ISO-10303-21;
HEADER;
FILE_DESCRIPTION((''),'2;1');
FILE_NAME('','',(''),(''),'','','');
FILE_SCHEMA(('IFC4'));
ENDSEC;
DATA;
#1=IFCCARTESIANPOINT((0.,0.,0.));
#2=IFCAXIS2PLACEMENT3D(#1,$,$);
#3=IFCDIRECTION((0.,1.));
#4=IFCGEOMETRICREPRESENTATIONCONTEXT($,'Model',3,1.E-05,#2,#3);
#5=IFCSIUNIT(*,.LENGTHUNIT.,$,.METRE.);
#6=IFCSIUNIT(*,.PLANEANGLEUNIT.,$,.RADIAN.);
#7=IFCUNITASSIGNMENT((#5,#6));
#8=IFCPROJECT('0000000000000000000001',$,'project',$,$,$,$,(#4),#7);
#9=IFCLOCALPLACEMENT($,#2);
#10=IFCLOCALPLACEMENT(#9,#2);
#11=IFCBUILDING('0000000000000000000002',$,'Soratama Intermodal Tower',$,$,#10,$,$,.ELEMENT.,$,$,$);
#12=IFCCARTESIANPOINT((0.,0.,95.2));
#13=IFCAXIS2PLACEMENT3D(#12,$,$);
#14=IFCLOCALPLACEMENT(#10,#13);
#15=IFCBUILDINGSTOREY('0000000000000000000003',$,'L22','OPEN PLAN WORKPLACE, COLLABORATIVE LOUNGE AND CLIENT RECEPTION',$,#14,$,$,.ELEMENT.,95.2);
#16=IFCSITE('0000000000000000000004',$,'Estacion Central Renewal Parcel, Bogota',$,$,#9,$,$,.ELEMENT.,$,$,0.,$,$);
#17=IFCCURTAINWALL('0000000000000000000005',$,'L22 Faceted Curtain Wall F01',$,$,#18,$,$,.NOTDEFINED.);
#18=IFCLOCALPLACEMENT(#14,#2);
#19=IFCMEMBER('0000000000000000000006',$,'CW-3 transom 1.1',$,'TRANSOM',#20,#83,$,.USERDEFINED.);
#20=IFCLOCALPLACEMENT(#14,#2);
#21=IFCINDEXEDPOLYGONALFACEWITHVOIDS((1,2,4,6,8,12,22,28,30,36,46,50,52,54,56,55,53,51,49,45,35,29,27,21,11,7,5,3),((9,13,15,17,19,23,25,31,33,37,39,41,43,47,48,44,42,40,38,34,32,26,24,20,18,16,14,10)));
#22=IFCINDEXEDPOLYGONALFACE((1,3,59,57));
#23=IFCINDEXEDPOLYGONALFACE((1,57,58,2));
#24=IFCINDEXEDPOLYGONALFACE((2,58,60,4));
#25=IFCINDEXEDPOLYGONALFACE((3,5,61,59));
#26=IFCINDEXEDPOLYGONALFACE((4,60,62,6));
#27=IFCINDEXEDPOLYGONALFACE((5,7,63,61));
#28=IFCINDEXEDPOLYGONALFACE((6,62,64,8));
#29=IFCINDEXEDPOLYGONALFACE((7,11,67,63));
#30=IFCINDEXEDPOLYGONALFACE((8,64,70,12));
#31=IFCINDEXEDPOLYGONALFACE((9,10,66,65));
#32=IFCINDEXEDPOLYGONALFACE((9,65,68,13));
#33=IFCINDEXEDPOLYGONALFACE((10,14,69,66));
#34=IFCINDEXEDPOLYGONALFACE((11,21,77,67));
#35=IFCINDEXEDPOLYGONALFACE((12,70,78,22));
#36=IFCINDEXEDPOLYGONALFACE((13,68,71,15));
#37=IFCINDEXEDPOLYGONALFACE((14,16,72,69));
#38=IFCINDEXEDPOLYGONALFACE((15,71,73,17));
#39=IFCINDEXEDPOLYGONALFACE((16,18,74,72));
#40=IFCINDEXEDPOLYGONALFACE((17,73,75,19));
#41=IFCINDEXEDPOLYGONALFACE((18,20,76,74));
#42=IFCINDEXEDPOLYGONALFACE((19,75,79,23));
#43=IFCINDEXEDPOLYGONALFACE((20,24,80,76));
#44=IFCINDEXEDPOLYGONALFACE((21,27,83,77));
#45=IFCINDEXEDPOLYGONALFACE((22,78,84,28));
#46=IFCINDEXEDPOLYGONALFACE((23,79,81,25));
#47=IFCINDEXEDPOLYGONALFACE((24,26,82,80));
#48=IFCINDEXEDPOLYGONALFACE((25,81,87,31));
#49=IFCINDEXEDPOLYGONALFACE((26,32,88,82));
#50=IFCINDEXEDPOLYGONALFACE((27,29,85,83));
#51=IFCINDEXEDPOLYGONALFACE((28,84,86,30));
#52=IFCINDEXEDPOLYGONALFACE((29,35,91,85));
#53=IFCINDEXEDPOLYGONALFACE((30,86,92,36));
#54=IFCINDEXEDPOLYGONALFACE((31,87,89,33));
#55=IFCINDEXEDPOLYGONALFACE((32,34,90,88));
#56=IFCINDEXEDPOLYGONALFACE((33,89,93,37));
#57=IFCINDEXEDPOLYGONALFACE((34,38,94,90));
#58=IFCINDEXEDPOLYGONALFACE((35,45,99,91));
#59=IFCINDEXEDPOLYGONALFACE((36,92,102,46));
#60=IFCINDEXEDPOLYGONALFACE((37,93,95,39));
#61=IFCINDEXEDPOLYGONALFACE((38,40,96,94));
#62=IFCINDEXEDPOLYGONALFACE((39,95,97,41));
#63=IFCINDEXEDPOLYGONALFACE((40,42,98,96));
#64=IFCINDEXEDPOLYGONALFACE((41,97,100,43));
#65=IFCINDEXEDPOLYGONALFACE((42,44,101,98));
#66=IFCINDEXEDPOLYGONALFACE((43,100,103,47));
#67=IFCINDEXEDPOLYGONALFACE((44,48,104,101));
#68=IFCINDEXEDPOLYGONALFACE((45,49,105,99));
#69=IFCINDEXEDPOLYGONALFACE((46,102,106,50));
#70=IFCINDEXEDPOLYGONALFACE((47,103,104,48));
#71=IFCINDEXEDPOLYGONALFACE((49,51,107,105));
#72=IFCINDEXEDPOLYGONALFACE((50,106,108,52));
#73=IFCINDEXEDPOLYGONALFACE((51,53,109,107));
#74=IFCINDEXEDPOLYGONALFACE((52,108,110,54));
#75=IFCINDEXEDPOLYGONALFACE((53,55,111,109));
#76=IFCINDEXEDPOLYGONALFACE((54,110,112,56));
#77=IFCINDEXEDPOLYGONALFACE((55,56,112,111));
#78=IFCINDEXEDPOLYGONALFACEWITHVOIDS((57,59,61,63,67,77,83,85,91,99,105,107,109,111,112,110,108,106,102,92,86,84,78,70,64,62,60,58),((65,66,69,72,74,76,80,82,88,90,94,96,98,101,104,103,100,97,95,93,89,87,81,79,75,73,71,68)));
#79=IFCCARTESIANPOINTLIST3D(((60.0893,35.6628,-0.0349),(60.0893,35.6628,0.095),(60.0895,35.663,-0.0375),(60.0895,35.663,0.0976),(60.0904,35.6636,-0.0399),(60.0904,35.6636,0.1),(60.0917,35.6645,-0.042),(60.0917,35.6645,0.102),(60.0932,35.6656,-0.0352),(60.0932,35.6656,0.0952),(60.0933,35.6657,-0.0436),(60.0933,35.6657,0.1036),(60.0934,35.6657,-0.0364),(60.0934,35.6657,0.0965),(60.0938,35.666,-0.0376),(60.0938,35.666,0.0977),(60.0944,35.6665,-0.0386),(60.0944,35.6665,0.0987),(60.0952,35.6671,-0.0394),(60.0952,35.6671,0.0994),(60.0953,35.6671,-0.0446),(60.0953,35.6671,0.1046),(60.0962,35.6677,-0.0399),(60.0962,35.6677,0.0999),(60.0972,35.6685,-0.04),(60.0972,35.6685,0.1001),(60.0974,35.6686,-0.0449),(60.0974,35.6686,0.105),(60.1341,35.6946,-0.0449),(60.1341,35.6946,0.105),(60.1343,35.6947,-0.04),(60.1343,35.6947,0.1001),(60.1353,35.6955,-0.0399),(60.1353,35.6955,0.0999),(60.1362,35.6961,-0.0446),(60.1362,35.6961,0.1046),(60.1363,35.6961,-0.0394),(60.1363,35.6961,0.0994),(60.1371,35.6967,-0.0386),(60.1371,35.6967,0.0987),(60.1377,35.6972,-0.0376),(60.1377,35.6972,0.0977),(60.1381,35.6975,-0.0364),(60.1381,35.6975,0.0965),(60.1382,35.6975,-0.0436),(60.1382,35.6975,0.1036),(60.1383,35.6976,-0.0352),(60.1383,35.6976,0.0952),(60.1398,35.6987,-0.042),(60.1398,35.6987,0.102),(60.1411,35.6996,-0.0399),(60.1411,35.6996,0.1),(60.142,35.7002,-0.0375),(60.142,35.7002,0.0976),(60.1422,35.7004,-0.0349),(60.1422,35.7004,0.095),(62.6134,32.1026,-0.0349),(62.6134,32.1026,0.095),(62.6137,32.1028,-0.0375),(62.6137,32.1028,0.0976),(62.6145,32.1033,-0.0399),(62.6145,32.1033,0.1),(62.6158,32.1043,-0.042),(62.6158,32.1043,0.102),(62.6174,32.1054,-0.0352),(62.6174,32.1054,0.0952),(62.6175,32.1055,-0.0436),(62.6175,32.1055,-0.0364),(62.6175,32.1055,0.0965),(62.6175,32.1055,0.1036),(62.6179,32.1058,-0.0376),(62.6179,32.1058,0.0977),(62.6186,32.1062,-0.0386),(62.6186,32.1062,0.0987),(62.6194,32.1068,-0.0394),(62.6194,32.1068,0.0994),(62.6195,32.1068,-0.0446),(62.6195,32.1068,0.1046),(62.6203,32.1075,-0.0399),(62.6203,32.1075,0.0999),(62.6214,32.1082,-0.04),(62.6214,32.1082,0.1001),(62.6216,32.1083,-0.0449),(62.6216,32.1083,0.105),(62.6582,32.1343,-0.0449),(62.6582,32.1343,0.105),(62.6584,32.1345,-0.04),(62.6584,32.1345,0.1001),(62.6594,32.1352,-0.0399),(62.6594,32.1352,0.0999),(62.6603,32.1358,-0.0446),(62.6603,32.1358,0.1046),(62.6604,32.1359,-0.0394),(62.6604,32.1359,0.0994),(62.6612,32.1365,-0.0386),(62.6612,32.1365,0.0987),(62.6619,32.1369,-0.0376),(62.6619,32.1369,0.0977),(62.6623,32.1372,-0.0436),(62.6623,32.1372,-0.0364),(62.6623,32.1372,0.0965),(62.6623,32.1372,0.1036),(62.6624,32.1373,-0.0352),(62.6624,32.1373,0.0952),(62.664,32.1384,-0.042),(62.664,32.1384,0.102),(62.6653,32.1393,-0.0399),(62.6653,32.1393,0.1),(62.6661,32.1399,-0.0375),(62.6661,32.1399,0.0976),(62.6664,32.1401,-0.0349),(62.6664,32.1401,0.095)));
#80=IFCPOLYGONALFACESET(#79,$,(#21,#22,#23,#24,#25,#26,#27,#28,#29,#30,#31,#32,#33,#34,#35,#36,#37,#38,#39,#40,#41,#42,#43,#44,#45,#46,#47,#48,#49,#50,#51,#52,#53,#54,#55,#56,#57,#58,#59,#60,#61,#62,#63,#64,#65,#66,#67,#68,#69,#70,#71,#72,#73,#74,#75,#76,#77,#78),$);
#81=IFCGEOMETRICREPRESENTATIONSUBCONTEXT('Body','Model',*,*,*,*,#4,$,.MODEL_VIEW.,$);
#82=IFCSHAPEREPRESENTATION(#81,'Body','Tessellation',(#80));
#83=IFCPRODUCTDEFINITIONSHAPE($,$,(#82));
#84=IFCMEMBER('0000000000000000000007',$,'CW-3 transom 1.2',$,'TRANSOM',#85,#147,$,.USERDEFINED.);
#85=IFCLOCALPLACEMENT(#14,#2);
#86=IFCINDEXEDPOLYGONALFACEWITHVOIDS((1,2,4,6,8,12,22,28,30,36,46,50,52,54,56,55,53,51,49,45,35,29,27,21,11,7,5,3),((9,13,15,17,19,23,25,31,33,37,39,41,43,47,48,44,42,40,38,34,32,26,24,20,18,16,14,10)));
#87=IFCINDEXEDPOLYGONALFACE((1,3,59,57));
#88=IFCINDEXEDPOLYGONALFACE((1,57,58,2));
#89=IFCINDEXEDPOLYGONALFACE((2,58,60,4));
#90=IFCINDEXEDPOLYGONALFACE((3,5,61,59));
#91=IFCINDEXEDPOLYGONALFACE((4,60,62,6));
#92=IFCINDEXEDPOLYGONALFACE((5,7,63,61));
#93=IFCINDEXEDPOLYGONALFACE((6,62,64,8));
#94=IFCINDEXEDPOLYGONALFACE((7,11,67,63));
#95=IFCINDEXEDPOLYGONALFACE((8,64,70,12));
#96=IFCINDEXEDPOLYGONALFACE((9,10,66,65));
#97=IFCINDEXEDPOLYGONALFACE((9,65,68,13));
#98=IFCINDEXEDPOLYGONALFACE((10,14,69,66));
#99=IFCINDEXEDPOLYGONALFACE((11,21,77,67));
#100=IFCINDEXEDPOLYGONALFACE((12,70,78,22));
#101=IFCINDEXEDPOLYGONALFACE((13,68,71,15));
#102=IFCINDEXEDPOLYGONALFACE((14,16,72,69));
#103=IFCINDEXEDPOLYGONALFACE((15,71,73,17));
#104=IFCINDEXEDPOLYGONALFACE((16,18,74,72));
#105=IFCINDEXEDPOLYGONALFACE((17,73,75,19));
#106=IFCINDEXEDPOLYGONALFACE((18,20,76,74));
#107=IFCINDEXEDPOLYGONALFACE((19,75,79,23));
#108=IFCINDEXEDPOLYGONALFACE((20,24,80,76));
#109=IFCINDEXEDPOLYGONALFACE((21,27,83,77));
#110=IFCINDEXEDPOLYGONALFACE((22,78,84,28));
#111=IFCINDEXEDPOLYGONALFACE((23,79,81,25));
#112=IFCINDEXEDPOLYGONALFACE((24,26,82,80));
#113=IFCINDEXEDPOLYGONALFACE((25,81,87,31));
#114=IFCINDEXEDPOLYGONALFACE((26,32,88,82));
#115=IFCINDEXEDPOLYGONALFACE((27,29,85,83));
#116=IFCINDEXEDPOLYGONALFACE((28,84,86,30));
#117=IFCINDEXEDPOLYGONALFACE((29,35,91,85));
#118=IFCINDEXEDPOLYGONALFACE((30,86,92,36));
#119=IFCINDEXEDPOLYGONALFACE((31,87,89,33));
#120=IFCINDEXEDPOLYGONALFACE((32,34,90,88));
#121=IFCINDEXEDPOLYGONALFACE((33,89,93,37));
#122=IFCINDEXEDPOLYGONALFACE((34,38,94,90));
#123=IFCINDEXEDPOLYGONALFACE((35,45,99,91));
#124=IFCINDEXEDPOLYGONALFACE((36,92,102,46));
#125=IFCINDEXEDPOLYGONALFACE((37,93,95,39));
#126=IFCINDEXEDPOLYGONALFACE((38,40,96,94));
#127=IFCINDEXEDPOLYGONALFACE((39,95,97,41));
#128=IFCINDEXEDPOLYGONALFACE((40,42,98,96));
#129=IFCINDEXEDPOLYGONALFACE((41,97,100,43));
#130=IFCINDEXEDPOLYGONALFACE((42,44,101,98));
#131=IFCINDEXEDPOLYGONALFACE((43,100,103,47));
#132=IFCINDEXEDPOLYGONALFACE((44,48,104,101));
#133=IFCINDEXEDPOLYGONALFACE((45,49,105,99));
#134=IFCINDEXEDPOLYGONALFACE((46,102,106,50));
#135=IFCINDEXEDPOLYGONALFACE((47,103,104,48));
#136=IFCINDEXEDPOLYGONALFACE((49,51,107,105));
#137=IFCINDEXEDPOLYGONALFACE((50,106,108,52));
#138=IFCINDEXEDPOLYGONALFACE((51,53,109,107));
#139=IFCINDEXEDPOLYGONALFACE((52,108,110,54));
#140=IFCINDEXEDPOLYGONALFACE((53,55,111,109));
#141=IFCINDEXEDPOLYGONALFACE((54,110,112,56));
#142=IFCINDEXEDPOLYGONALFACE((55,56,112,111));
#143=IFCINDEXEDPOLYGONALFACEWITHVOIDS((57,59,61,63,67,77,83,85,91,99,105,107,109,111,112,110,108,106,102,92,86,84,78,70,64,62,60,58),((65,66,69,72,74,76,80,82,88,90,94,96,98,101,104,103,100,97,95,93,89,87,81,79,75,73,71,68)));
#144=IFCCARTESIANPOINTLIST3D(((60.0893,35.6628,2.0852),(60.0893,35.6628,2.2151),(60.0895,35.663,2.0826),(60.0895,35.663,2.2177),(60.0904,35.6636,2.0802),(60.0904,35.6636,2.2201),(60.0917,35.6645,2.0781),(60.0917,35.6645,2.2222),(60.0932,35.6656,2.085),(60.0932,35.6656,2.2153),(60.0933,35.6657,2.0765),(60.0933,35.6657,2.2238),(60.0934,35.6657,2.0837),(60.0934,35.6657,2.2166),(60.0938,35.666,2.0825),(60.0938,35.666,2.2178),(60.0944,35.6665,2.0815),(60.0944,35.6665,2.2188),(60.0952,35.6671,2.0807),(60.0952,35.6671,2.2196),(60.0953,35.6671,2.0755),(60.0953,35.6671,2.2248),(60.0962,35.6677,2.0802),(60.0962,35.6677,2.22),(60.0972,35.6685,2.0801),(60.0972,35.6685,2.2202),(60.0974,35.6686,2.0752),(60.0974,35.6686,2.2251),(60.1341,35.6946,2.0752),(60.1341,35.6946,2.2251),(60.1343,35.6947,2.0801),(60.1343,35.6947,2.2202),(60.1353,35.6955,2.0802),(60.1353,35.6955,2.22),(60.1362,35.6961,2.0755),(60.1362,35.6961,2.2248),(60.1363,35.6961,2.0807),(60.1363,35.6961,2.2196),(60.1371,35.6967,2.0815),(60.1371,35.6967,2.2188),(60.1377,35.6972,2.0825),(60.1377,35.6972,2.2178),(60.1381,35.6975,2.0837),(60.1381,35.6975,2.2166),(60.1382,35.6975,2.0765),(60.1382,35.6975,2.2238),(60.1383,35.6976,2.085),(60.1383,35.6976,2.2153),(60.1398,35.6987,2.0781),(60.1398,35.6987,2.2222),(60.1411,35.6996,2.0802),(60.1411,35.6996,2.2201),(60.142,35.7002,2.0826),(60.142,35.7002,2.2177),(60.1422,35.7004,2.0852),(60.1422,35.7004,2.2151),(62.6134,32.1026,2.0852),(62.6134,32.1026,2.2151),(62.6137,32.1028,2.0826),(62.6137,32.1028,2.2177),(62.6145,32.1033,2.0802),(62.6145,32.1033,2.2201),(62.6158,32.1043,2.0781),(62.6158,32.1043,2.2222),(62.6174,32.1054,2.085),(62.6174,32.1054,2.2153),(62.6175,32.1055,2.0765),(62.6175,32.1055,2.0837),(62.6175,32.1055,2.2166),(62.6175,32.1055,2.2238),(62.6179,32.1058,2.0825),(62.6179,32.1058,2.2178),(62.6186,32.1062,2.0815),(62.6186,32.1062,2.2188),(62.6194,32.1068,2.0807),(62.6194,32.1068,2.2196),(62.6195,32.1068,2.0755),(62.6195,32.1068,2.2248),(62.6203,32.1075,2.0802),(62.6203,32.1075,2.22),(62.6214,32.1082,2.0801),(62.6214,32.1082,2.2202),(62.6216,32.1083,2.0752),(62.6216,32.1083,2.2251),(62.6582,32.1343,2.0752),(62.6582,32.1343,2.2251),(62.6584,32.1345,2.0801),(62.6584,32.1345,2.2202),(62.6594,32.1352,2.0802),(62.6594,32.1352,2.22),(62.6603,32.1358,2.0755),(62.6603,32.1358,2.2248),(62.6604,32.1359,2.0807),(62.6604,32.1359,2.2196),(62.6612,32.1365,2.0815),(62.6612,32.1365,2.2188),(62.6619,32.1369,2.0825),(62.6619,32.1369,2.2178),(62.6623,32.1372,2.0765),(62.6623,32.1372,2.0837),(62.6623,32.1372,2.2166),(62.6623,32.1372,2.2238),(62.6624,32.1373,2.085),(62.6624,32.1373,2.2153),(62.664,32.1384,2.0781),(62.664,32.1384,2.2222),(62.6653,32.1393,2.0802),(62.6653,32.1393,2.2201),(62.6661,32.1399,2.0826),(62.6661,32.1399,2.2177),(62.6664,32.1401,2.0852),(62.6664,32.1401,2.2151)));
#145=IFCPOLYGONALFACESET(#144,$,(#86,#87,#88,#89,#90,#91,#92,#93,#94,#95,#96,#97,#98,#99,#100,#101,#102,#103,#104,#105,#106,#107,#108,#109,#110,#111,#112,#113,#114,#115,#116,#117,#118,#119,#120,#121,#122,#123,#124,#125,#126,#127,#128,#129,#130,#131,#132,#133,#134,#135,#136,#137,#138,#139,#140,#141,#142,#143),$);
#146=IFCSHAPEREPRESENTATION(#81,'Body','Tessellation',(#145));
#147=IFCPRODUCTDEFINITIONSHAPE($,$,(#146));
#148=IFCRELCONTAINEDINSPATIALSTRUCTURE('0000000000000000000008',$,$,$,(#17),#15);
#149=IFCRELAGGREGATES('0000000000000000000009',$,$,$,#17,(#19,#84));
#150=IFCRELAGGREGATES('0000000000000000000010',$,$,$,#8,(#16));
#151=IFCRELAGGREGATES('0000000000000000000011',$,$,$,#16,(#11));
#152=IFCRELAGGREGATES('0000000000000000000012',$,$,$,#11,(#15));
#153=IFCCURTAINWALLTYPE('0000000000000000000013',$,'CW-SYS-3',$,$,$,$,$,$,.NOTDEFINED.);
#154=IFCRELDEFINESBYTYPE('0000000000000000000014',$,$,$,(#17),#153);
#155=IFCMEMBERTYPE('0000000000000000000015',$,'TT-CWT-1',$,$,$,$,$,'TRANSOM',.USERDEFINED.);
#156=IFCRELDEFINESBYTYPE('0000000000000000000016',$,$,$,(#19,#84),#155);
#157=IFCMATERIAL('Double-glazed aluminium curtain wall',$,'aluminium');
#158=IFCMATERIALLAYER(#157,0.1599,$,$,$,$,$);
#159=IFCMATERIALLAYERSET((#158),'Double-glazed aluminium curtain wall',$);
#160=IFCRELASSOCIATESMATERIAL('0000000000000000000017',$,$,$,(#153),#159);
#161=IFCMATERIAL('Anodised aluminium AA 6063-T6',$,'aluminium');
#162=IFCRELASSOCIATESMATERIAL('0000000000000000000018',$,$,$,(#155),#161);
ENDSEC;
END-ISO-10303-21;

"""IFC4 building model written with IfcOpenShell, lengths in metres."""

from ifc_helpers import new_model, si_unit, direction, frame, origin, origin_2d, place, context, subcontext, project, spatial, hollow_rectangle, extrude, material, layer, layer_set, material_profile, profile_set, type_object, element, aggregate, save


model = new_model("IFC4")

# Units and contexts
model_context = context("Model", 3, precision=1e-05, world=origin(), true_north=direction((0.0, 1.0)))
body_context = subcontext(model_context, "Body", "Model", "MODEL_VIEW")
ifc_project = project(units=[si_unit("LENGTHUNIT", "METRE"), si_unit("PLANEANGLEUNIT", "RADIAN")], contexts=[model_context])

# Site, building, storey
site_placement = place(None, origin())
site = spatial("IfcSite", under=ifc_project, at=site_placement, Name="Estacion Central Renewal Parcel, Bogota", CompositionType="ELEMENT", RefElevation=0.0)
building_placement = place(site_placement, origin())
building = spatial("IfcBuilding", under=site, at=building_placement, Name="Soratama Intermodal Tower", CompositionType="ELEMENT")
storey_placement = place(building_placement, frame((0.0, 0.0, 95.2)))
storey = spatial("IfcBuildingStorey", under=building, at=storey_placement, Name="L22", Description="OPEN PLAN WORKPLACE, COLLABORATIVE LOUNGE AND CLIENT RECEPTION", CompositionType="ELEMENT", Elevation=95.2)

# Curtain wall, members
ifc_material_1 = material(Name="Double-glazed aluminium curtain wall", Category="aluminium")
ifc_layer_1 = layer(ifc_material_1, 0.1599)
ifc_layer_set_1 = layer_set([ifc_layer_1], Name="Double-glazed aluminium curtain wall")
curtain_wall_type = type_object("IfcCurtainWallType", Name="CW-SYS-3", PredefinedType="NOTDEFINED", material=ifc_layer_set_1)
curtain_wall_placement = place(storey_placement, origin())
curtain_wall = element("IfcCurtainWall", 1, at=curtain_wall_placement, inside=storey, type_object=curtain_wall_type, Name="L22 Faceted Curtain Wall F01", PredefinedType="NOTDEFINED")
ifc_material_2 = material(Name="Anodised aluminium AA 6063-T6", Category="aluminium")
ifc_material_profile_1 = material_profile(ifc_material_2, hollow_rectangle(XDim=0.0649, YDim=0.1499, WallThickness=0.0049, InnerFilletRadius=0.0049, OuterFilletRadius=0.01, at=origin_2d()), Name="CWT150X65X5")
ifc_profile_set_1 = profile_set([ifc_material_profile_1], Name="Anodised aluminium AA 6063-T6")
member_type_1 = type_object("IfcMemberType", Name="TT-CWT-1", ElementType="TRANSOM", PredefinedType="USERDEFINED", material=ifc_profile_set_1)
member_1_placement = place(storey_placement, frame((62.6399, 32.1213, 0.03), z_axis=(-0.578367, 0.815777, 0.0), x_axis=(-0.815777, -0.578367, 0.0)))
member_1 = element("IfcMember", 2, at=member_1_placement, type_object=member_type_1, Name="CW-3 transom 1.1", ObjectType="TRANSOM", PredefinedType="USERDEFINED", context=body_context, shape_type="SweptSolid", body=[
    extrude(hollow_rectangle(XDim=0.0649, YDim=0.1499, WallThickness=0.0049, InnerFilletRadius=0.0049, OuterFilletRadius=0.01, at=origin_2d()), origin(), (0.0, 0.0, 1.0), 4.3643),
])
member_2_placement = place(storey_placement, frame((62.6399, 32.1213, 2.1501), z_axis=(-0.578367, 0.815777, 0.0), x_axis=(-0.815777, -0.578367, 0.0)))
member_2 = element("IfcMember", 3, at=member_2_placement, type_object=member_type_1, Name="CW-3 transom 1.2", ObjectType="TRANSOM", PredefinedType="USERDEFINED", context=body_context, shape_type="SweptSolid", body=[
    extrude(hollow_rectangle(XDim=0.0649, YDim=0.1499, WallThickness=0.0049, InnerFilletRadius=0.0049, OuterFilletRadius=0.01, at=origin_2d()), origin(), (0.0, 0.0, 1.0), 4.3643),
])
aggregate(curtain_wall, [member_1, member_2])

save(model, "model.ifc")
